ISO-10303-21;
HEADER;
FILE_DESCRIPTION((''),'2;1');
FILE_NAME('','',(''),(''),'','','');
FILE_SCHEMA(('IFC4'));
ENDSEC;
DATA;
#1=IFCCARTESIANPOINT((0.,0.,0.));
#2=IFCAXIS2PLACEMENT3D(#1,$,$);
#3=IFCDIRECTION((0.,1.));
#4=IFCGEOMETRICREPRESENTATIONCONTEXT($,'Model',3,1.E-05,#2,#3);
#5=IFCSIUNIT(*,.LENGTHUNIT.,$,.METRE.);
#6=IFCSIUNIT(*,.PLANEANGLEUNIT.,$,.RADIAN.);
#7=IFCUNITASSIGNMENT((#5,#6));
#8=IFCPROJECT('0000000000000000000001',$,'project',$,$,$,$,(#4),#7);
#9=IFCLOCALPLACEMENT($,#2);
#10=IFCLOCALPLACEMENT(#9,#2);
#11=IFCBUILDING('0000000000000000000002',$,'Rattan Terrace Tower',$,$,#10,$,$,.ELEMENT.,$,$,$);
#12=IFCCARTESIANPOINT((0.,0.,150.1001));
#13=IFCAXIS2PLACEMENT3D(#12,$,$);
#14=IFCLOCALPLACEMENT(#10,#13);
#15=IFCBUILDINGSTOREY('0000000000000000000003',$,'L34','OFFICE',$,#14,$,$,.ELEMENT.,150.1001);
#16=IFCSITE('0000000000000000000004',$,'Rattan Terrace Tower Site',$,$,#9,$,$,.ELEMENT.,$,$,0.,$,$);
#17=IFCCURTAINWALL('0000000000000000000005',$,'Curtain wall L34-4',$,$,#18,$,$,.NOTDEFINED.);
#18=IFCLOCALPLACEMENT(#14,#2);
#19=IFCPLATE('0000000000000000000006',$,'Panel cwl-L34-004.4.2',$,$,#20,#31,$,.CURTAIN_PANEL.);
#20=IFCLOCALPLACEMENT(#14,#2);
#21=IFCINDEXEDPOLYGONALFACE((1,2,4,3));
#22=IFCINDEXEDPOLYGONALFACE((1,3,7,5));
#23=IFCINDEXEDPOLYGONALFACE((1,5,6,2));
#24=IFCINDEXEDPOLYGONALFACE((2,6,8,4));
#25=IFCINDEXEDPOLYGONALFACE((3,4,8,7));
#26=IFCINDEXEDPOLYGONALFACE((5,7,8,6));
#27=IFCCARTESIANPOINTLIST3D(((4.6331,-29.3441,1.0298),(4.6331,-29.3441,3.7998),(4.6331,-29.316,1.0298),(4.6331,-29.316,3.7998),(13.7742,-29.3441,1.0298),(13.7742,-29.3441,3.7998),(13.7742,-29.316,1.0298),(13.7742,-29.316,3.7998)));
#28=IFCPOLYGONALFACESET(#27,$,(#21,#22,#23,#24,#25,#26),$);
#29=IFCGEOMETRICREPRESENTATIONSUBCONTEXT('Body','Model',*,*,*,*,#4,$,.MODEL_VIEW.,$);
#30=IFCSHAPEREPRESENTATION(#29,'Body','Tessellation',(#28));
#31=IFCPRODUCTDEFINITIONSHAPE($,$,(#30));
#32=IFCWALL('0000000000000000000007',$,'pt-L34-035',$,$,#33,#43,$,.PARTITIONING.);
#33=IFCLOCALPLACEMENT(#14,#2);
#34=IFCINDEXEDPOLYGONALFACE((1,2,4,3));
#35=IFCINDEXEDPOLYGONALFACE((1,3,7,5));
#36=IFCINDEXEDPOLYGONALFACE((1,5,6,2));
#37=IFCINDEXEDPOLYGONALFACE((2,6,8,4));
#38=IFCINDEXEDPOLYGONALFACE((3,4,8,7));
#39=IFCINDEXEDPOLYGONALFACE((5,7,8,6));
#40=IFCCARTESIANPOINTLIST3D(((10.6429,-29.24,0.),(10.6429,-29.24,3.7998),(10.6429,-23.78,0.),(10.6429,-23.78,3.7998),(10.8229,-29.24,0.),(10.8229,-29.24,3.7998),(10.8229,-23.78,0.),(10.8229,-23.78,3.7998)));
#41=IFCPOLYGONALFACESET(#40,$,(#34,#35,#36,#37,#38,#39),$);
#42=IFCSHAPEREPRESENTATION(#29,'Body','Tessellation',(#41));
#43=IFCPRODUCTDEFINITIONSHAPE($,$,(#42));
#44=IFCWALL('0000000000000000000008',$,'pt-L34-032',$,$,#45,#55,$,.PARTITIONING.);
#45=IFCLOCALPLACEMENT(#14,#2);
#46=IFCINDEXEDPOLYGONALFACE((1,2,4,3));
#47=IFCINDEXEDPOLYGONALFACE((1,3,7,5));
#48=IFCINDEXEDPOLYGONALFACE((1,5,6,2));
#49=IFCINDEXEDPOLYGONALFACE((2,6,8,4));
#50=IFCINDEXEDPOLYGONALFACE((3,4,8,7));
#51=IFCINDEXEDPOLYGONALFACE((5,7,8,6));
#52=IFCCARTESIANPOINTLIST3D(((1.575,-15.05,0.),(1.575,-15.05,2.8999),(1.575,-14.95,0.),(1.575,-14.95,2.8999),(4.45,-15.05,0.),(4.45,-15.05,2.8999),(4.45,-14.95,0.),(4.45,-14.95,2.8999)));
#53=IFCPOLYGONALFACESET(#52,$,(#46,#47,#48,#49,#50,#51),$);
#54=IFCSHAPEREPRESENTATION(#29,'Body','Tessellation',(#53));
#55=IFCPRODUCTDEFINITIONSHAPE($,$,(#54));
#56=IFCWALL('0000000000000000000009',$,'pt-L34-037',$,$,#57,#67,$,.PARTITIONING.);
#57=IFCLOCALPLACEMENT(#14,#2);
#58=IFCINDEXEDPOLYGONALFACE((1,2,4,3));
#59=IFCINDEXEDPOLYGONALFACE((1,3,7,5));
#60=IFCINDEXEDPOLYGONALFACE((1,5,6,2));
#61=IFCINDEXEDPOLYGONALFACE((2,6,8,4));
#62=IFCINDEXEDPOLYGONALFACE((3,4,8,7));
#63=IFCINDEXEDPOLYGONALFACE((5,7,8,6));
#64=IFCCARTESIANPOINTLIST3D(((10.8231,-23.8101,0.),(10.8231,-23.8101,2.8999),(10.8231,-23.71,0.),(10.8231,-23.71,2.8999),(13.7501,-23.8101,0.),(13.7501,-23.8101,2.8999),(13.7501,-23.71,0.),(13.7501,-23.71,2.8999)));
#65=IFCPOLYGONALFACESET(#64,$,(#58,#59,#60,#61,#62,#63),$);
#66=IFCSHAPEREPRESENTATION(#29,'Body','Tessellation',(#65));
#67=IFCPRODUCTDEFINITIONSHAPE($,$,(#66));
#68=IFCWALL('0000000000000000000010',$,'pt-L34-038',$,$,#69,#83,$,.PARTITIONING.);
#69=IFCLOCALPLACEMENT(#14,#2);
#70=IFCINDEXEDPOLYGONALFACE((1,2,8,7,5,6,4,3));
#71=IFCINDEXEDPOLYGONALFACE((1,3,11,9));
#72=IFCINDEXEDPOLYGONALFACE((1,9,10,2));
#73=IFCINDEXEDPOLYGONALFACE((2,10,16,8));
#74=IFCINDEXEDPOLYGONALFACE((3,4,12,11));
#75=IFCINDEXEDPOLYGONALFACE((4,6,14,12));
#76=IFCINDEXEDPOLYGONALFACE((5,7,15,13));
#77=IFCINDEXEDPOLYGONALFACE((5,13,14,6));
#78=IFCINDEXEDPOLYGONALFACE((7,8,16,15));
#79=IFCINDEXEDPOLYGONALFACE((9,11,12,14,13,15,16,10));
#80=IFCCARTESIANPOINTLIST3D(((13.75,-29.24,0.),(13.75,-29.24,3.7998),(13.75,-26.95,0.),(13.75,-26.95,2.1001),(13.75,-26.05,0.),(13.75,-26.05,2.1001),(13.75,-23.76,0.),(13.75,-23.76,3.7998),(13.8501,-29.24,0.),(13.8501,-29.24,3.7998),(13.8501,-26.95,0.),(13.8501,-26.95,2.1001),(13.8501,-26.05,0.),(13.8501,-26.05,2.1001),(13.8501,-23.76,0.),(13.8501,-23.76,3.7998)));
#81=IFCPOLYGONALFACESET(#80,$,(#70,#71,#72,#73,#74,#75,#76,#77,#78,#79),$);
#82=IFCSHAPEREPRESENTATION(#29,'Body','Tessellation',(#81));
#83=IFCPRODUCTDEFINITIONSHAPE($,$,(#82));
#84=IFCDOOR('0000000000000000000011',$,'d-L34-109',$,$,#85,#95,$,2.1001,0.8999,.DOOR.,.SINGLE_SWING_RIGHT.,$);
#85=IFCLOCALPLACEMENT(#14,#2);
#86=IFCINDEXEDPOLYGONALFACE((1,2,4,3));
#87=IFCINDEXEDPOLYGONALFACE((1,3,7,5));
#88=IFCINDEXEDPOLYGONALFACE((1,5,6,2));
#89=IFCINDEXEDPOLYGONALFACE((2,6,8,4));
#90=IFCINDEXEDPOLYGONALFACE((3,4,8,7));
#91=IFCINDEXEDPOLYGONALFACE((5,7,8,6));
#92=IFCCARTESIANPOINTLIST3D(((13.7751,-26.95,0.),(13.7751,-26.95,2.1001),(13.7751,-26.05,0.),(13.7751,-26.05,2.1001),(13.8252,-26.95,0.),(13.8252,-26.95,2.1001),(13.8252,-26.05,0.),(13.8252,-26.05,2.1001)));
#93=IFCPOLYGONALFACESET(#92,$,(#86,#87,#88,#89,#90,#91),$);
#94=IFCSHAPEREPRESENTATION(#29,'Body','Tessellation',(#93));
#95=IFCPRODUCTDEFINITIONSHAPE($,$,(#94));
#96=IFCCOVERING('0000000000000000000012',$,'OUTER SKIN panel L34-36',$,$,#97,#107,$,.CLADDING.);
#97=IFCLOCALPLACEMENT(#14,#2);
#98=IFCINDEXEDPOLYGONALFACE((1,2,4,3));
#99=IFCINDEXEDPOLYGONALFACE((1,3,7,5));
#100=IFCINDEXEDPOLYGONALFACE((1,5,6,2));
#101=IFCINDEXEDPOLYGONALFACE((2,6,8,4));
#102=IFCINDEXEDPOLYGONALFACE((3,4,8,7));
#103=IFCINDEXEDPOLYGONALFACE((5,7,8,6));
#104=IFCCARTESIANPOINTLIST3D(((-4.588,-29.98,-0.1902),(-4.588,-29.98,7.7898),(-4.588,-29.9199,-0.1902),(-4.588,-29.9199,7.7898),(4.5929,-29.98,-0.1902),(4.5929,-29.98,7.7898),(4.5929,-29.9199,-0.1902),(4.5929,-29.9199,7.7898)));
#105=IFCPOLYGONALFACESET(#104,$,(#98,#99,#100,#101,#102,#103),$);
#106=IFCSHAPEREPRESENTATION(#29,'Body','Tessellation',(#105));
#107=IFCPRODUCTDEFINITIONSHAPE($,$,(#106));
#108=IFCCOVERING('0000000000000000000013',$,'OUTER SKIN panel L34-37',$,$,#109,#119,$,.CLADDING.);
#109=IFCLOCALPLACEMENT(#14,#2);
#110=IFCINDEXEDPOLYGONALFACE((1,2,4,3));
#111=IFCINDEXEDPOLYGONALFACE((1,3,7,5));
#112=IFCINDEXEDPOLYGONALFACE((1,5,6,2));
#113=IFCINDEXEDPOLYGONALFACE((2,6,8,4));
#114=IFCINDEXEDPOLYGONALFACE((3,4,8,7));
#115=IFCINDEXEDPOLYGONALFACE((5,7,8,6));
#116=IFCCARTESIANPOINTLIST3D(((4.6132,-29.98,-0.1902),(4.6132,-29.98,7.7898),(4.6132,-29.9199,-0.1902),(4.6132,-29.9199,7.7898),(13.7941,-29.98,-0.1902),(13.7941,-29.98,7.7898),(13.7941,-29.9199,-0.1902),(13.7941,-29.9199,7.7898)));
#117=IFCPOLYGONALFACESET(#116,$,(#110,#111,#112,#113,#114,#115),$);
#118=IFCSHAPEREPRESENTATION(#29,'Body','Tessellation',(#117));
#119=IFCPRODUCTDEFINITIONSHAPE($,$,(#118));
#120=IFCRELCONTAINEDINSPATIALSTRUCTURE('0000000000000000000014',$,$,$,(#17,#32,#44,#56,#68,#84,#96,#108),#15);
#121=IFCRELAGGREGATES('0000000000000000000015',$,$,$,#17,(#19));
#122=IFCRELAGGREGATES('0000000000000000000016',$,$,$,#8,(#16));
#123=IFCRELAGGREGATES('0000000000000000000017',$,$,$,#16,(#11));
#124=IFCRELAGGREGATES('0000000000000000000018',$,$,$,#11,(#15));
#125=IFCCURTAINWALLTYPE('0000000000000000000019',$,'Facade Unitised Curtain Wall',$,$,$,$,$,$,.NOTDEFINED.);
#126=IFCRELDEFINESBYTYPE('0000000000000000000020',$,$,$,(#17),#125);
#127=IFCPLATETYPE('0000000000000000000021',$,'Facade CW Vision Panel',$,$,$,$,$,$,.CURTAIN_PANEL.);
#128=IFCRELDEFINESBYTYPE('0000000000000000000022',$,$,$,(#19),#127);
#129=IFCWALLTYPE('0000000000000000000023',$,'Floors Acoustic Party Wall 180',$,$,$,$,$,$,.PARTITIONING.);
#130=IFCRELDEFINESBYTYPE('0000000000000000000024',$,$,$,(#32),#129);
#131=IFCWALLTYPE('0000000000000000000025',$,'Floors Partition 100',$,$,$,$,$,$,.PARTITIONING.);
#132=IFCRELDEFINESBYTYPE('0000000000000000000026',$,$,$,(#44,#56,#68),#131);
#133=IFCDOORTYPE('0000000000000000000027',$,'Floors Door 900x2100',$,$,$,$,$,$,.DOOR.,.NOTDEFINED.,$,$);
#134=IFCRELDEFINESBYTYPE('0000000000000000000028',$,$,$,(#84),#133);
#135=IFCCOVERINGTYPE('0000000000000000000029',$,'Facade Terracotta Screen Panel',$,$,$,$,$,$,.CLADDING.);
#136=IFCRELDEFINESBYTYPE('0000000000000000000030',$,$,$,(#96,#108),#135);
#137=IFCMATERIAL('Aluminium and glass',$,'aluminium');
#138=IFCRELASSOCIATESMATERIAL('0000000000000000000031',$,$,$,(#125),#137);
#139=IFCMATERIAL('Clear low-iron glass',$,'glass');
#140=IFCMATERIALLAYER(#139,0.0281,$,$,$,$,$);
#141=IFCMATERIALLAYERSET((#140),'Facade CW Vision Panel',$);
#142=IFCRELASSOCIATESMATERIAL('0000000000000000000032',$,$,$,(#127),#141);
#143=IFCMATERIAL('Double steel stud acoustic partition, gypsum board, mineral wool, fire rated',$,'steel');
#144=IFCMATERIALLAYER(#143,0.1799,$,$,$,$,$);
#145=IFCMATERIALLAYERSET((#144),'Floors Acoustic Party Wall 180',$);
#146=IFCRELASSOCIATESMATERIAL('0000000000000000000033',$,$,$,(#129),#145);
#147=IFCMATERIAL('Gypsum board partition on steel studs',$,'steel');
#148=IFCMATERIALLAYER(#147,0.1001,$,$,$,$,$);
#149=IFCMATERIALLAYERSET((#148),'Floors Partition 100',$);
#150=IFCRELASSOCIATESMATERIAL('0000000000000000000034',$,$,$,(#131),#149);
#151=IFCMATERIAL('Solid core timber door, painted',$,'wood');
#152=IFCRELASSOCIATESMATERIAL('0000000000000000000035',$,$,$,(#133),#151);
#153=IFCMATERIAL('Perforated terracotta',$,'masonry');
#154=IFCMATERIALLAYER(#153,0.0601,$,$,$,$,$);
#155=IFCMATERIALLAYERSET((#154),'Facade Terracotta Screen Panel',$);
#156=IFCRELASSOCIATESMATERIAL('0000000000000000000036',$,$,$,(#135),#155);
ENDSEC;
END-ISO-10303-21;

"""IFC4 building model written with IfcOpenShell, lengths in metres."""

from ifc_helpers import new_model, si_unit, direction, frame, frame_2d, origin, origin_2d, place, context, subcontext, project, spatial, rectangle, extrude, material, layer, layer_set, type_object, element, fill, aggregate, save


model = new_model("IFC4")

# Units and contexts
model_context = context("Model", 3, precision=1e-05, world=origin(), true_north=direction((0.0, 1.0)))
body_context = subcontext(model_context, "Body", "Model", "MODEL_VIEW")
ifc_project = project(units=[si_unit("LENGTHUNIT", "METRE"), si_unit("PLANEANGLEUNIT", "RADIAN")], contexts=[model_context])

# Site, building, storey
site_placement = place(None, origin())
site = spatial("IfcSite", under=ifc_project, at=site_placement, Name="Rattan Terrace Tower Site", CompositionType="ELEMENT", RefElevation=0.0)
building_placement = place(site_placement, origin())
building = spatial("IfcBuilding", under=site, at=building_placement, Name="Rattan Terrace Tower", CompositionType="ELEMENT")
storey_placement = place(building_placement, frame((0.0, 0.0, 150.1001)))
storey = spatial("IfcBuildingStorey", under=building, at=storey_placement, Name="L34", Description="OFFICE", CompositionType="ELEMENT", Elevation=150.1001)

# Curtain wall
ifc_material_1 = material(Name="Aluminium and glass", Category="aluminium")
curtain_wall_type = type_object("IfcCurtainWallType", Name="Facade Unitised Curtain Wall", PredefinedType="NOTDEFINED", material=ifc_material_1)
curtain_wall_placement = place(storey_placement, origin())
curtain_wall = element("IfcCurtainWall", 1, at=curtain_wall_placement, inside=storey, type_object=curtain_wall_type, Name="Curtain wall L34-4", PredefinedType="NOTDEFINED")

# Plate
ifc_material_2 = material(Name="Clear low-iron glass", Category="glass")
ifc_layer_1 = layer(ifc_material_2, 0.0281)
ifc_layer_set_1 = layer_set([ifc_layer_1], Name="Facade CW Vision Panel")
plate_type_1 = type_object("IfcPlateType", Name="Facade CW Vision Panel", PredefinedType="CURTAIN_PANEL", material=ifc_layer_set_1)
plate_1_placement = place(storey_placement, frame((9.2036, -29.3301, 1.0298), z_axis=(0.0, 0.0, 1.0), x_axis=(1.0, 0.0, 0.0)))
plate_1 = element("IfcPlate", 2, at=plate_1_placement, type_object=plate_type_1, Name="Panel cwl-L34-004.4.2", PredefinedType="CURTAIN_PANEL", context=body_context, shape_type="SweptSolid", body=[
    extrude(rectangle(XDim=9.1411, YDim=0.0281, at=origin_2d()), origin(), (0.0, 0.0, 1.0), 2.77),
])
aggregate(curtain_wall, [plate_1])

# Walls
ifc_material_3 = material(Name="Double steel stud acoustic partition, gypsum board, mineral wool, fire rated", Category="steel")
ifc_layer_2 = layer(ifc_material_3, 0.1799)
ifc_layer_set_2 = layer_set([ifc_layer_2], Name="Floors Acoustic Party Wall 180")
wall_type_1 = type_object("IfcWallType", Name="Floors Acoustic Party Wall 180", PredefinedType="PARTITIONING", material=ifc_layer_set_2)
wall_1_placement = place(storey_placement, frame((10.7329, -23.78, 0.0), z_axis=(0.0, 0.0, 1.0), x_axis=(0.0, -1.0, 0.0)))
element("IfcWall", 3, at=wall_1_placement, inside=storey, type_object=wall_type_1, Name="pt-L34-035", PredefinedType="PARTITIONING", context=body_context, shape_type="SweptSolid", body=[
    extrude(rectangle(XDim=5.46, YDim=0.1799, at=frame_2d((2.73, 0.0))), origin(), (0.0, 0.0, 1.0), 3.7998),
])
ifc_material_4 = material(Name="Gypsum board partition on steel studs", Category="steel")
ifc_layer_3 = layer(ifc_material_4, 0.1001)
ifc_layer_set_3 = layer_set([ifc_layer_3], Name="Floors Partition 100")
wall_type_2 = type_object("IfcWallType", Name="Floors Partition 100", PredefinedType="PARTITIONING", material=ifc_layer_set_3)
wall_2_placement = place(storey_placement, frame((1.575, -15.0, 0.0), z_axis=(0.0, 0.0, 1.0), x_axis=(1.0, 0.0, 0.0)))
element("IfcWall", 4, at=wall_2_placement, inside=storey, type_object=wall_type_2, Name="pt-L34-032", PredefinedType="PARTITIONING", context=body_context, shape_type="SweptSolid", body=[
    extrude(rectangle(XDim=2.875, YDim=0.1001, at=frame_2d((1.4375, 0.0))), origin(), (0.0, 0.0, 1.0), 2.8999),
])
wall_3_placement = place(storey_placement, frame((13.75, -23.76, 0.0), z_axis=(0.0, 0.0, 1.0), x_axis=(-1.0, 0.0, 0.0)))
element("IfcWall", 5, at=wall_3_placement, inside=storey, type_object=wall_type_2, Name="pt-L34-037", PredefinedType="PARTITIONING", context=body_context, shape_type="SweptSolid", body=[
    extrude(rectangle(XDim=2.927, YDim=0.1001, at=frame_2d((1.4634, 0.0))), origin(), (0.0, 0.0, 1.0), 2.8999),
])

# Wall, opening, door
wall_4_placement = place(storey_placement, frame((13.8, -29.24, 0.0), z_axis=(0.0, 0.0, 1.0), x_axis=(0.0, 1.0, 0.0)))
wall_4 = element("IfcWall", 6, at=wall_4_placement, inside=storey, type_object=wall_type_2, Name="pt-L34-038", PredefinedType="PARTITIONING", context=body_context, shape_type="SweptSolid", body=[
    extrude(rectangle(XDim=5.48, YDim=0.1001, at=frame_2d((2.74, 0.0))), origin(), (0.0, 0.0, 1.0), 3.7998),
])
opening_placement = place(wall_4_placement, frame((2.29, 0.0, 0.0)))
opening = element("IfcOpeningElement", 7, at=opening_placement, cuts=wall_4, PredefinedType="OPENING", context=body_context, shape_type="SweptSolid", body=[
    extrude(rectangle(XDim=0.8999, YDim=2.1001, at=frame_2d((0.45, 1.05))), frame((0.0, 0.0605, 0.0), z_axis=(0.0, -1.0, 0.0), x_axis=(1.0, 0.0, 0.0)), (0.0, 0.0, 1.0), 0.1211),
])
ifc_material_5 = material(Name="Solid core timber door, painted", Category="wood")
door_type = type_object("IfcDoorType", Name="Floors Door 900x2100", OperationType="NOTDEFINED", PredefinedType="DOOR", material=ifc_material_5)
door_placement = place(opening_placement, origin())
door = element("IfcDoor", 8, at=door_placement, inside=storey, type_object=door_type, Name="d-L34-109", OperationType="SINGLE_SWING_RIGHT", OverallHeight=2.1001, OverallWidth=0.8999, PredefinedType="DOOR", context=body_context, shape_type="SweptSolid", body=[
    extrude(rectangle(XDim=0.8999, YDim=2.1001, at=frame_2d((0.45, 1.05))), frame((0.0, 0.0249, 0.0), z_axis=(0.0, -1.0, 0.0), x_axis=(1.0, 0.0, 0.0)), (0.0, 0.0, 1.0), 0.05),
])
fill(opening, door)

# Coverings
ifc_material_6 = material(Name="Perforated terracotta", Category="masonry")
ifc_layer_4 = layer(ifc_material_6, 0.0601)
ifc_layer_set_4 = layer_set([ifc_layer_4], Name="Facade Terracotta Screen Panel")
covering_type = type_object("IfcCoveringType", Name="Facade Terracotta Screen Panel", PredefinedType="CLADDING", material=ifc_layer_set_4)
for number, where, z_axis, x_axis, name in (
    (9, (0.0024, -29.95, -0.1902), (0.0, 0.0, 1.0), (1.0, 0.0, 0.0), "OUTER SKIN panel L34-36"),
    (10, (9.2036, -29.95, -0.1902), (0.0, 0.0, 1.0), (1.0, 0.0, 0.0), "OUTER SKIN panel L34-37"),
):
    element("IfcCovering", number, at=place(storey_placement, frame(where, z_axis=z_axis, x_axis=x_axis)), inside=storey, type_object=covering_type, Name=name, PredefinedType="CLADDING", context=body_context, shape_type="SweptSolid", body=[
        extrude(rectangle(XDim=9.1809, YDim=0.0601, at=origin_2d()), origin(), (0.0, 0.0, 1.0), 7.98),
    ])

save(model, "model.ifc")
